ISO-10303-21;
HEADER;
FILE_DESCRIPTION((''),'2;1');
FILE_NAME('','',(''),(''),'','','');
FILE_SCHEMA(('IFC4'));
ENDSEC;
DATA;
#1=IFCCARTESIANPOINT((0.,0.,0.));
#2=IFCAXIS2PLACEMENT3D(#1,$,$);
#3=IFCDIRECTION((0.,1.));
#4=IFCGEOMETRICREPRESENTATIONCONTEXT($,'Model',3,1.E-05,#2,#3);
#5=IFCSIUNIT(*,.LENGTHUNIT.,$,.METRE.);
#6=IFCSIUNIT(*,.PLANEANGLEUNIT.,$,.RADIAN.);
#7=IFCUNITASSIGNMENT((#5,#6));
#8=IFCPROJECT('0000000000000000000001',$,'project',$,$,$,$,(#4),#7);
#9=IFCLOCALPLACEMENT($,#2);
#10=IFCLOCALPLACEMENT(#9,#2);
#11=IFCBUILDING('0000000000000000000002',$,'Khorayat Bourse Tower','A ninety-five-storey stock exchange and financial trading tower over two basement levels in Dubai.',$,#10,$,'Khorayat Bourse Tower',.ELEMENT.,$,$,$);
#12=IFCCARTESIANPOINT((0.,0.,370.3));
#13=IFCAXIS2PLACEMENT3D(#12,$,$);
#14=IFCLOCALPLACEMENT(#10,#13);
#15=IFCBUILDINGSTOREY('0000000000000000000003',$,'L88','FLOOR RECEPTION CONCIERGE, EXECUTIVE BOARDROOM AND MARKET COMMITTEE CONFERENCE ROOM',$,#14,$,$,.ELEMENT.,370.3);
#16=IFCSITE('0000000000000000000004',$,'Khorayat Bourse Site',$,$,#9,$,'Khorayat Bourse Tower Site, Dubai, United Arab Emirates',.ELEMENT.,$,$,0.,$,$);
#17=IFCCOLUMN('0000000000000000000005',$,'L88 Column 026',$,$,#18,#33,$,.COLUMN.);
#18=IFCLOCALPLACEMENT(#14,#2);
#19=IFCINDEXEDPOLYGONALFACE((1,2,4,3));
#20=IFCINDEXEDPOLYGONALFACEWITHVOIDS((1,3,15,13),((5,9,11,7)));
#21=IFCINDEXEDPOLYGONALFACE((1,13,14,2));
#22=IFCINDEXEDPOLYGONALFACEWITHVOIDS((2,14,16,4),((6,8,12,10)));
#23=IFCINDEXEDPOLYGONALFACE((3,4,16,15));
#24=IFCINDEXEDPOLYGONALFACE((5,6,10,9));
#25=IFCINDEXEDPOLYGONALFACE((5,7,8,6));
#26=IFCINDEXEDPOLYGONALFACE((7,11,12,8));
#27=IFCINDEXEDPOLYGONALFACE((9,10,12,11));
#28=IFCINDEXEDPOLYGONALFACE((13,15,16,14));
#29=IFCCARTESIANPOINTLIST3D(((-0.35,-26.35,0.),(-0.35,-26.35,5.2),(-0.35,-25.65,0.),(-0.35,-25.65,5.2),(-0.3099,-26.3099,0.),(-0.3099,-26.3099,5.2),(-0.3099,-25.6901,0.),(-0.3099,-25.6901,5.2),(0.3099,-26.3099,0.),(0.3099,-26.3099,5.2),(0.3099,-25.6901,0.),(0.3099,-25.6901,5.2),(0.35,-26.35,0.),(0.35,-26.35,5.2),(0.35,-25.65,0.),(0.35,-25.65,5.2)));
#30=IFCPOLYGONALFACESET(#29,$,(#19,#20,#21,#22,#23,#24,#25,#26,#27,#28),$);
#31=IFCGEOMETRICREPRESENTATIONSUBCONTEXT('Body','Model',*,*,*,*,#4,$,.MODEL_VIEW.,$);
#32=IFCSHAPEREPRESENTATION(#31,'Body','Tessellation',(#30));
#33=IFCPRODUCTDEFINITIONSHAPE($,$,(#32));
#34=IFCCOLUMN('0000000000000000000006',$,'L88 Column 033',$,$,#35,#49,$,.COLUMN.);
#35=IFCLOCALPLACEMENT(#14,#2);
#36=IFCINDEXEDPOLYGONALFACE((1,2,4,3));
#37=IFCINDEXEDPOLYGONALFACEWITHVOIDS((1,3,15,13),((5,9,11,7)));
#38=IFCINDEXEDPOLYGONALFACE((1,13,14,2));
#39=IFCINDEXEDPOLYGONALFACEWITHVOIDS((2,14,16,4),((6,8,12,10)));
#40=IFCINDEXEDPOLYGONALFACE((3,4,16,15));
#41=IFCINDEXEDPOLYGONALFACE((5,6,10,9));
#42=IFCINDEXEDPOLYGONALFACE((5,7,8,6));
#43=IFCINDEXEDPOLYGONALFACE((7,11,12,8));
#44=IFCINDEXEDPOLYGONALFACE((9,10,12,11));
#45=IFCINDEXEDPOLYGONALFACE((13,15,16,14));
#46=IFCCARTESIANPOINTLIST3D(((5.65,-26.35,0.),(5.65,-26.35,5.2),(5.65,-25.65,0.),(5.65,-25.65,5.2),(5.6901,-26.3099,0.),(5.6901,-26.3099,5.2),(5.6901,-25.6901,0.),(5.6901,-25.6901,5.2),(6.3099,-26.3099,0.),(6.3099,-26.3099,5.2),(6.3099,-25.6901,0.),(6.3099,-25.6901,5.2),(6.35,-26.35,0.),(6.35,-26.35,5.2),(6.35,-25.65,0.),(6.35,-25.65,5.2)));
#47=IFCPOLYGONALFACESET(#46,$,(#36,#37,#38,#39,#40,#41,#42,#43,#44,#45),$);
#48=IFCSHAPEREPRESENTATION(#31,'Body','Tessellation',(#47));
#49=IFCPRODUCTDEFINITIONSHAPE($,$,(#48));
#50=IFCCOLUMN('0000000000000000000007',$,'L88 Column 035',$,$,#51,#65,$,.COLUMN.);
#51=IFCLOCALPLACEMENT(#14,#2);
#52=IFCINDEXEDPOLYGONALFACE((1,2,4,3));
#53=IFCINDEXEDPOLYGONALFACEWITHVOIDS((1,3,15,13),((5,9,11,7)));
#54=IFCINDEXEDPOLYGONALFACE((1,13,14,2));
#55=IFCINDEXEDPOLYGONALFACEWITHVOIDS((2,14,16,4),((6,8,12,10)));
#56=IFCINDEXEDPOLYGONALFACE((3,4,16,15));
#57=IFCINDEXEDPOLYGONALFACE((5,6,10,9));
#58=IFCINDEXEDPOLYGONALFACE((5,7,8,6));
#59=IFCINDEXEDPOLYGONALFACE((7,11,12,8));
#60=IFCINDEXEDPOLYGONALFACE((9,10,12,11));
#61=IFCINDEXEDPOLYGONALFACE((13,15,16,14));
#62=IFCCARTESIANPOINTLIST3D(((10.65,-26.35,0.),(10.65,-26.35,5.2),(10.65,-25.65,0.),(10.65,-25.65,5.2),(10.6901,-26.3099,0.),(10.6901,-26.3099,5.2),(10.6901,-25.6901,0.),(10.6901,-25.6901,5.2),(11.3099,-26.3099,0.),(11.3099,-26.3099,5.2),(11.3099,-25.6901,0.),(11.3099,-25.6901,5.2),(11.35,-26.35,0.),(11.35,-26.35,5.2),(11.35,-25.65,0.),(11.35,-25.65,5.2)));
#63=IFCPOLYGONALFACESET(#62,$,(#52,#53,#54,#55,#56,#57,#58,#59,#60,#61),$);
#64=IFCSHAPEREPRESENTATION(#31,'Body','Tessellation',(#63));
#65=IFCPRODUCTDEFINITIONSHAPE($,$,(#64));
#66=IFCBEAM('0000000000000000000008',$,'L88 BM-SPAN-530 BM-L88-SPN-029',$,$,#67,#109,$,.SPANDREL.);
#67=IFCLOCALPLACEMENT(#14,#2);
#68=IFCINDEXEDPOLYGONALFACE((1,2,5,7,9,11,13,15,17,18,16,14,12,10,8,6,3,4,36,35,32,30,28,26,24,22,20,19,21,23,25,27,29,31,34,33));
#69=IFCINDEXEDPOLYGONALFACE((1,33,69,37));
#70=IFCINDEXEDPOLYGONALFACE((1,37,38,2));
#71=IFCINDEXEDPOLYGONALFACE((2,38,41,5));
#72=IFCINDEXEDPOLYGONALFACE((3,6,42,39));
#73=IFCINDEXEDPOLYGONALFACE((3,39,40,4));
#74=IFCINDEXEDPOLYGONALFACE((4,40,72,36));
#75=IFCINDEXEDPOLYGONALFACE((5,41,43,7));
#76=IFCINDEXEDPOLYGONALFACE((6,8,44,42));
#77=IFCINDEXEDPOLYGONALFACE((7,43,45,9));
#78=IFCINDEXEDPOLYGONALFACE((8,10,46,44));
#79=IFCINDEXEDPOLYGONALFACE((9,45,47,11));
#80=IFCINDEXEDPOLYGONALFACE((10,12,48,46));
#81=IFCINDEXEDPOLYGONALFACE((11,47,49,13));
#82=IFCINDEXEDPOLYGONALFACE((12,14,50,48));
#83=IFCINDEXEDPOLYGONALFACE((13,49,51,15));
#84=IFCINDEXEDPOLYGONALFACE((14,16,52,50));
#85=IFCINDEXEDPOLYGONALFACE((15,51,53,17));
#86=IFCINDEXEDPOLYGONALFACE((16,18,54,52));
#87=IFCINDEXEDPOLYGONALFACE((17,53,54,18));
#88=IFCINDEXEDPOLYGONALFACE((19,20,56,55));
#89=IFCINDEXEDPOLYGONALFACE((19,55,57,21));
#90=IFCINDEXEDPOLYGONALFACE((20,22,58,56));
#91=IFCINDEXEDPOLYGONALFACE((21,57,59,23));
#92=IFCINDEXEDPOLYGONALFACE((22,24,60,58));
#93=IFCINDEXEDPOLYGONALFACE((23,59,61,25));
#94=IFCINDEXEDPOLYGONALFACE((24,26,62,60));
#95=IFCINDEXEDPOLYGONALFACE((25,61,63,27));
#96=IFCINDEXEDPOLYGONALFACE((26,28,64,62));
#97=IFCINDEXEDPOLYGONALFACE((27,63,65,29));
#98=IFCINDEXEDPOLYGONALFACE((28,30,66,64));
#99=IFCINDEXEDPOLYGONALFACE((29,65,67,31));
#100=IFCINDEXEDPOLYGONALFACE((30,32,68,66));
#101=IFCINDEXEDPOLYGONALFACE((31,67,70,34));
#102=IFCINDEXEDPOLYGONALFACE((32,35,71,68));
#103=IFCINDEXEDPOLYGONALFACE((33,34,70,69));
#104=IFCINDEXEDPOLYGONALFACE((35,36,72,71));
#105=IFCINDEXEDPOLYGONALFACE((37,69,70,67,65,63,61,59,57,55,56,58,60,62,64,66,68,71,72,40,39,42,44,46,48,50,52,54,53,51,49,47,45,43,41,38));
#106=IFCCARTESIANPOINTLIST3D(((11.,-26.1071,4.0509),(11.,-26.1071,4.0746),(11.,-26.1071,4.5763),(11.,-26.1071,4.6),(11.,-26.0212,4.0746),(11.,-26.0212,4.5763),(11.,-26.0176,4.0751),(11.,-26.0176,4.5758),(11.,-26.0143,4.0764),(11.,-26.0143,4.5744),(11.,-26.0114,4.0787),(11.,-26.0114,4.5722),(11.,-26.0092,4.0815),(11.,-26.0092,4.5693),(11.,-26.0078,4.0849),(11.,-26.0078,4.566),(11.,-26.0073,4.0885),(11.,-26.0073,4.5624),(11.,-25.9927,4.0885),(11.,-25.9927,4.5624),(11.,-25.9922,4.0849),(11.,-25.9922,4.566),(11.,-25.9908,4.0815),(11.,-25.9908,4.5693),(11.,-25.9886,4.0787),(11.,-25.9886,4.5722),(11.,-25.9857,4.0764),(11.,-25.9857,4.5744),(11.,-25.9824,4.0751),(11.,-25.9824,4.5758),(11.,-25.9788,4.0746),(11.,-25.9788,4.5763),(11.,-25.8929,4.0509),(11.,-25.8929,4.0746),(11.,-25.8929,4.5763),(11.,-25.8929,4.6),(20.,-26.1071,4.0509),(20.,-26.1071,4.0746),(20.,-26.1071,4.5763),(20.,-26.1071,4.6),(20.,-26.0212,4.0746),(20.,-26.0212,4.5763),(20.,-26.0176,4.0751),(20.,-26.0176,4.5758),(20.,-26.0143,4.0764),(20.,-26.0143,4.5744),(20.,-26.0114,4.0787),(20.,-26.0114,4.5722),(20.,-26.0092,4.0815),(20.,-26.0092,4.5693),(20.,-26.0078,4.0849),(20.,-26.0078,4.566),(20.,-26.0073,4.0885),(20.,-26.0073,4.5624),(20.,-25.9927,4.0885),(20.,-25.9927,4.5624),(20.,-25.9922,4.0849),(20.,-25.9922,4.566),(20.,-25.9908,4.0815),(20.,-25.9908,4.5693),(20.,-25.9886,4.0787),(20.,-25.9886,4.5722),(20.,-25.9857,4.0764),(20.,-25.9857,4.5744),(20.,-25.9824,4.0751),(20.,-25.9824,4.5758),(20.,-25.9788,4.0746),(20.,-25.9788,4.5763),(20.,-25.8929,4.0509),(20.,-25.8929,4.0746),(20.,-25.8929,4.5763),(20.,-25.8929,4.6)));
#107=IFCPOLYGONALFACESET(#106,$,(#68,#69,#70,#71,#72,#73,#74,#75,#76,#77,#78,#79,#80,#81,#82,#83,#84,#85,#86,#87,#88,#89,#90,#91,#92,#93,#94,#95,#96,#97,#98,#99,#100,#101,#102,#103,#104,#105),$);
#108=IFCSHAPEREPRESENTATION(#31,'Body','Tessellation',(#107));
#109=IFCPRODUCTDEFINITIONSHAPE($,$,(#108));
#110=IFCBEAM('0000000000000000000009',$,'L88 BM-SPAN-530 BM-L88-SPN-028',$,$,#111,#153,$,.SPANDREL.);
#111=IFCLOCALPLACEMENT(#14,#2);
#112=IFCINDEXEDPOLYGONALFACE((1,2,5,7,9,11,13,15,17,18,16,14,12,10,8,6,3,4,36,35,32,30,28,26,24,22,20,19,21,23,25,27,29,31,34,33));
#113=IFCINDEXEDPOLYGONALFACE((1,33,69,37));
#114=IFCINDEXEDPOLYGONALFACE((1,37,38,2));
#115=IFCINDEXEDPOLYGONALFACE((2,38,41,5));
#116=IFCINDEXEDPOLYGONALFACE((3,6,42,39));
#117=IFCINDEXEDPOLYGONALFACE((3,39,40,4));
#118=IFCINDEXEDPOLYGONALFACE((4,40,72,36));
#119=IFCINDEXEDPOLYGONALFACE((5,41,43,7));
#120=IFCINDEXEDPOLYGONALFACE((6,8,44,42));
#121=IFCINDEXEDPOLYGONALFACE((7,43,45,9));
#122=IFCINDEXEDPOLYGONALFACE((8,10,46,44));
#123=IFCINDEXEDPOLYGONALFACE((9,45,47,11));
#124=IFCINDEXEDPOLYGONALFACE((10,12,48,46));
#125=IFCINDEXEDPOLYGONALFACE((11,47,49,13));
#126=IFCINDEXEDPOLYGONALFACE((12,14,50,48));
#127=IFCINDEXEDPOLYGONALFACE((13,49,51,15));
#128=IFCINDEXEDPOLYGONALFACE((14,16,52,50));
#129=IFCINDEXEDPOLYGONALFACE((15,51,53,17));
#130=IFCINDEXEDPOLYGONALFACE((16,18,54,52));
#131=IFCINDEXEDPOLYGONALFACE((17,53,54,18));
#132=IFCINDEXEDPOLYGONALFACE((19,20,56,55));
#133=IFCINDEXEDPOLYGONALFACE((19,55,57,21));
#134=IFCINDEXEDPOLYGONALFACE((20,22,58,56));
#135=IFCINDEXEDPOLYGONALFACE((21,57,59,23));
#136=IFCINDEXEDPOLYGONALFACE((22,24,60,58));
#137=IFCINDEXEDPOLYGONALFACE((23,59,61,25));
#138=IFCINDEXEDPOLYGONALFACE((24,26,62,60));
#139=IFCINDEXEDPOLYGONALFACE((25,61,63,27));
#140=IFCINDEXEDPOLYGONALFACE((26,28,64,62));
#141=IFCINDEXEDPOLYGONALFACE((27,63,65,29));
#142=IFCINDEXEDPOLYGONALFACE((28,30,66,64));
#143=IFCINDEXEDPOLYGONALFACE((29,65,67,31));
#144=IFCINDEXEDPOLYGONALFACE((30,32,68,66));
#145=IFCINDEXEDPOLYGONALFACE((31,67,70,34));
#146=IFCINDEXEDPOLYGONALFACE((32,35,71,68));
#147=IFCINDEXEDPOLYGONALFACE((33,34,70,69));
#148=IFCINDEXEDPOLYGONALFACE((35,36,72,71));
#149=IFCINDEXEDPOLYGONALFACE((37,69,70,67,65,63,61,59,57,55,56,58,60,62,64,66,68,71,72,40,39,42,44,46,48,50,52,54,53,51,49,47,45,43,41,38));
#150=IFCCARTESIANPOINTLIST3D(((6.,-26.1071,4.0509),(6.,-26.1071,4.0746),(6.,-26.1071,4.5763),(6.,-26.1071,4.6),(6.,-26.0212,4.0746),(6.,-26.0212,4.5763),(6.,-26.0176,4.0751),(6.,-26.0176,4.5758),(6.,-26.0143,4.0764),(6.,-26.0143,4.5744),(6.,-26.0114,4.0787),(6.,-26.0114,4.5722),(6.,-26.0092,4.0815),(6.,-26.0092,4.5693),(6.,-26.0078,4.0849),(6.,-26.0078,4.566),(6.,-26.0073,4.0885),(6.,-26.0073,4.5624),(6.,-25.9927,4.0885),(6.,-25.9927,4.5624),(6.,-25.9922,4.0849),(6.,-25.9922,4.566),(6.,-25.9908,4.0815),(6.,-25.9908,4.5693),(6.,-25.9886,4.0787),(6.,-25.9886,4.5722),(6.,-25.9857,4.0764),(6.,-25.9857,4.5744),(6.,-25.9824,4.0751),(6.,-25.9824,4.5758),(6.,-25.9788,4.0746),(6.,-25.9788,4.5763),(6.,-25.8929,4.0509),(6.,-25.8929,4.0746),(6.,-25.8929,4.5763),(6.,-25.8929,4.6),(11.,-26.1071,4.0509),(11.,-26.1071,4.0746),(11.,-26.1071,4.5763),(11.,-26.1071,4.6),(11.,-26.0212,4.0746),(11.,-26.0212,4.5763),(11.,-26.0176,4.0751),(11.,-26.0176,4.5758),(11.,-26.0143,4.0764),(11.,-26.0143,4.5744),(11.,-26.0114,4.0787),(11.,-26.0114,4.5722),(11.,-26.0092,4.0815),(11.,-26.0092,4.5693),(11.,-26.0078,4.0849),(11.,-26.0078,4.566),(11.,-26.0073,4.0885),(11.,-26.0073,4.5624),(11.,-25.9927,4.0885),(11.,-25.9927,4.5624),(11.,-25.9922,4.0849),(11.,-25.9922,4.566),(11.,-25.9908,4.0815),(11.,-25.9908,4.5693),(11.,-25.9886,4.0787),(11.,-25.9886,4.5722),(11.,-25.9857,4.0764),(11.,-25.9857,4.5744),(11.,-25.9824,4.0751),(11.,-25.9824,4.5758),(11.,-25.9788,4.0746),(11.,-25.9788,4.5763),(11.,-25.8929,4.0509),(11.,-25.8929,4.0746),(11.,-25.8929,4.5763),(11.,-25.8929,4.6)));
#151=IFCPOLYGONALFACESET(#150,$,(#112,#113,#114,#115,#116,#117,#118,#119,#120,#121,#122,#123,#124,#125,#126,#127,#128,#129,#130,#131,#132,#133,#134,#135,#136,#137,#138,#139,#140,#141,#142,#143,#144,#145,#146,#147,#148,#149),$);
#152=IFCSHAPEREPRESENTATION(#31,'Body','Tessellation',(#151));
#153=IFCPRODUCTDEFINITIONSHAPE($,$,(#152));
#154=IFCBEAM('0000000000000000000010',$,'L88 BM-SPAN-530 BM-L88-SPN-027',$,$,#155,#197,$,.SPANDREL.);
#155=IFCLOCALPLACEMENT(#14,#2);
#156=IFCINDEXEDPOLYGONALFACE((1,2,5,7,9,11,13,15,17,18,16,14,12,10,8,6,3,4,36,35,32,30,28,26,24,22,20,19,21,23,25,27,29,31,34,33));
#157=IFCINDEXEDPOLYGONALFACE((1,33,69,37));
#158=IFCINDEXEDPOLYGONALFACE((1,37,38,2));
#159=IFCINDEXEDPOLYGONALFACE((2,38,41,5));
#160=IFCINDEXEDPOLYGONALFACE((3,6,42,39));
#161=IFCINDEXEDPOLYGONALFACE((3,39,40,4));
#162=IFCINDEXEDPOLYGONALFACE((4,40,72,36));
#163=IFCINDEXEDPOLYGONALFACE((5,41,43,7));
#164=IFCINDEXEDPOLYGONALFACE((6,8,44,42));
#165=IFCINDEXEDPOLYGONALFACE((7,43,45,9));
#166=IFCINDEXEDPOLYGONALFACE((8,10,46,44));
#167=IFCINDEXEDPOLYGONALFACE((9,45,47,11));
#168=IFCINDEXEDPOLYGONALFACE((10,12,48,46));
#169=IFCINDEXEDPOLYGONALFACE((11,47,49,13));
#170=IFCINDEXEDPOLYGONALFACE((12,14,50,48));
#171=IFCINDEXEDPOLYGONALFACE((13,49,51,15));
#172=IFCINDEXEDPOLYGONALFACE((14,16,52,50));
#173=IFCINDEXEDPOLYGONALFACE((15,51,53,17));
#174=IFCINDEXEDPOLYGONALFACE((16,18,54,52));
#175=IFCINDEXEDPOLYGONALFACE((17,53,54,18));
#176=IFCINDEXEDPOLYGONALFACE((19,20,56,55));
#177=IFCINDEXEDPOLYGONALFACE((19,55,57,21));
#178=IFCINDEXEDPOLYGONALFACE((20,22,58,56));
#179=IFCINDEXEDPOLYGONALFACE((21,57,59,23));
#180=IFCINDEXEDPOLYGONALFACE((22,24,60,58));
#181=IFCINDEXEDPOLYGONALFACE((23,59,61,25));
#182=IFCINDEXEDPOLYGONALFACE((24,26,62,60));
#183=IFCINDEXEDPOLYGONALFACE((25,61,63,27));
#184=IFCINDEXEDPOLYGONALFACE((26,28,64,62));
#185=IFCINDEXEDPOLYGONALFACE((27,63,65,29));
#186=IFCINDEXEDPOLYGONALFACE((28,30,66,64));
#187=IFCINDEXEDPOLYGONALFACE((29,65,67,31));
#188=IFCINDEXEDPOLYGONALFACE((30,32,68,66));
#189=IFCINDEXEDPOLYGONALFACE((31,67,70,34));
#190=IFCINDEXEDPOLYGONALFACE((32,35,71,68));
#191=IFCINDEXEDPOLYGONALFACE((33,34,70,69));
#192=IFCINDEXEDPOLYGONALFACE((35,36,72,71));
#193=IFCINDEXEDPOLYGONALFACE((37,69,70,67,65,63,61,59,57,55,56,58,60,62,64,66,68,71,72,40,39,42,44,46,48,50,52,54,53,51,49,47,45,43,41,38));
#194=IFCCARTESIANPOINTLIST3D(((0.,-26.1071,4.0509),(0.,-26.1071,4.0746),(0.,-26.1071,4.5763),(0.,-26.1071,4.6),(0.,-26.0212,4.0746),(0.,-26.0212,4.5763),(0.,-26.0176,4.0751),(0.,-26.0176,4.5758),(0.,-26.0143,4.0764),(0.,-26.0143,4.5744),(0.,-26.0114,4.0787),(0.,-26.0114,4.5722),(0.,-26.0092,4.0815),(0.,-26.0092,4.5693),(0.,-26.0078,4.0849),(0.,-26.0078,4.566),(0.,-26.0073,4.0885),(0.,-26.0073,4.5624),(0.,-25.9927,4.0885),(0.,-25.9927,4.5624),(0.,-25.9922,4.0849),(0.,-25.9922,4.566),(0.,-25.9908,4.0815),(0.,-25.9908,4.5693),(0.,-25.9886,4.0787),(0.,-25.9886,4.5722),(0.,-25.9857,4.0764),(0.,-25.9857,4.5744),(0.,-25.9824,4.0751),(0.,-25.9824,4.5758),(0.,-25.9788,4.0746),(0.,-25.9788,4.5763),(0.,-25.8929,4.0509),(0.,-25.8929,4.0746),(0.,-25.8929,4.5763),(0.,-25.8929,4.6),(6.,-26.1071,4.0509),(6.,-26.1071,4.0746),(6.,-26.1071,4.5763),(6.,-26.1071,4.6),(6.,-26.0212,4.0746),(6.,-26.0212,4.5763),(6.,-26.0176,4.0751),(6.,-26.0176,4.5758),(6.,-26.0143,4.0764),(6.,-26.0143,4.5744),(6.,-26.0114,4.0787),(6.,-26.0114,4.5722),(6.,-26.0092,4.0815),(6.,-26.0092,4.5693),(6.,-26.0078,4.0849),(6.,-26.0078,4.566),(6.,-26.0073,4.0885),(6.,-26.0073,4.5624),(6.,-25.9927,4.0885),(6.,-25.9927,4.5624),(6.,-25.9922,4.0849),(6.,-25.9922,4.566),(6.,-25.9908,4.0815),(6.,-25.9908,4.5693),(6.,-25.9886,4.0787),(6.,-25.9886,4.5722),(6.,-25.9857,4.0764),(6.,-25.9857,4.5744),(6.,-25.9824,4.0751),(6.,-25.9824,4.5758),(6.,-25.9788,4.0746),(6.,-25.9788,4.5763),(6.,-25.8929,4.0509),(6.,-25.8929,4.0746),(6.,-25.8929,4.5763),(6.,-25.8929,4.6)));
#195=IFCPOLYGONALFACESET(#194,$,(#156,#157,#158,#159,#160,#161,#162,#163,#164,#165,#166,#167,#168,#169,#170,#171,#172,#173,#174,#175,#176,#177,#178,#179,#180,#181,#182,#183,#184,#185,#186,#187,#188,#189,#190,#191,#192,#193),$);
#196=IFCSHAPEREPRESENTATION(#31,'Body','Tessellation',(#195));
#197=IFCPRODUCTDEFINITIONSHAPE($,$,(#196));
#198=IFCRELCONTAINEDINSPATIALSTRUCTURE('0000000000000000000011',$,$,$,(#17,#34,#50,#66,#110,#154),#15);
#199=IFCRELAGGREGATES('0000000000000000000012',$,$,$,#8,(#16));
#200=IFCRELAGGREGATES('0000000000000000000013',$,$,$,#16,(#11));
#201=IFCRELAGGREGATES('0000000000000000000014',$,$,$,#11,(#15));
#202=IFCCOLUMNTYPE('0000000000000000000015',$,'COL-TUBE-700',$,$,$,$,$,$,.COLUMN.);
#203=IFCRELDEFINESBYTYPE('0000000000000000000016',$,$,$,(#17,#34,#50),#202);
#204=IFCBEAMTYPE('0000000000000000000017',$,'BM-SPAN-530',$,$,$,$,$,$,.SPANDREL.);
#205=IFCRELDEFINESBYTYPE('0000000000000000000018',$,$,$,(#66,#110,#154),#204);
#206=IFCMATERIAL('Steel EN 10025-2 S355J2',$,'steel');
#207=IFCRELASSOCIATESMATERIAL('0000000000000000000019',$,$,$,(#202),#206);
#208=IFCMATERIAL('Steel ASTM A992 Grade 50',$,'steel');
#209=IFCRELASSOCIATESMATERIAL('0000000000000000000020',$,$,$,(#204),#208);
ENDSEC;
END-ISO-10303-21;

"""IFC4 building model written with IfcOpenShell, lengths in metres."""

from ifc_helpers import new_model, si_unit, direction, frame, origin, origin_2d, place, context, subcontext, project, spatial, hollow_rectangle, i_section, extrude, source, transform, mapped, material, material_profile, profile_set, type_object, element, save


model = new_model("IFC4")

# Units and contexts
model_context = context("Model", 3, precision=1e-05, world=origin(), true_north=direction((0.0, 1.0)))
body_context = subcontext(model_context, "Body", "Model", "MODEL_VIEW")
ifc_project = project(units=[si_unit("LENGTHUNIT", "METRE"), si_unit("PLANEANGLEUNIT", "RADIAN")], contexts=[model_context])

# Site, building, storey
site_placement = place(None, origin())
site = spatial("IfcSite", under=ifc_project, at=site_placement, Name="Khorayat Bourse Site", LongName="Khorayat Bourse Tower Site, Dubai, United Arab Emirates", CompositionType="ELEMENT", RefElevation=0.0)
building_placement = place(site_placement, origin())
building = spatial("IfcBuilding", under=site, at=building_placement, Name="Khorayat Bourse Tower", Description="A ninety-five-storey stock exchange and financial trading tower over two basement levels in Dubai.", LongName="Khorayat Bourse Tower", CompositionType="ELEMENT")
storey_placement = place(building_placement, frame((0.0, 0.0, 370.3)))
storey = spatial("IfcBuildingStorey", under=building, at=storey_placement, Name="L88", Description="FLOOR RECEPTION CONCIERGE, EXECUTIVE BOARDROOM AND MARKET COMMITTEE CONFERENCE ROOM", CompositionType="ELEMENT", Elevation=370.3)

# Columns
ifc_material_1 = material(Name="Steel EN 10025-2 S355J2", Category="steel")
ifc_material_profile_1 = material_profile(ifc_material_1, hollow_rectangle(XDim=0.7, YDim=0.7, WallThickness=0.04, at=origin_2d()), Name="BOX 700x700x40")
ifc_profile_set_1 = profile_set([ifc_material_profile_1], Name="Steel EN 10025-2 S355J2")
column_type = type_object("IfcColumnType", Name="COL-TUBE-700", PredefinedType="COLUMN", material=ifc_profile_set_1)
shared_shape_1 = source(origin(), body_context, "Body", "SweptSolid", [
    extrude(hollow_rectangle(XDim=0.7, YDim=0.7, WallThickness=0.04, at=origin_2d()), origin(), (0.0, 0.0, 1.0), 5.2),
])
for number, where, z_axis, x_axis, name in (
    (1, (0.0, -26.0, 0.0), (0.0, 0.0, 1.0), (1.0, 0.0, 0.0), "L88 Column 026"),
    (2, (6.0, -26.0, 0.0), (0.0, 0.0, 1.0), (1.0, 0.0, 0.0), "L88 Column 033"),
    (3, (11.0, -26.0, 0.0), (0.0, 0.0, 1.0), (1.0, 0.0, 0.0), "L88 Column 035"),
):
    element("IfcColumn", number, at=place(storey_placement, frame(where, z_axis=z_axis, x_axis=x_axis)), inside=storey, type_object=column_type, Name=name, PredefinedType="COLUMN", context=body_context, shape_type="MappedRepresentation", body=[
        mapped(shared_shape_1, transform((0.0, 0.0, 0.0), scale=1.0)),
    ])

# Beams
ifc_material_2 = material(Name="Steel ASTM A992 Grade 50", Category="steel")
ifc_material_profile_2 = material_profile(ifc_material_2, i_section(OverallWidth=0.2141, OverallDepth=0.5491, WebThickness=0.0146, FlangeThickness=0.0237, FilletRadius=0.0139, at=origin_2d()), Name="W530X138")
ifc_profile_set_2 = profile_set([ifc_material_profile_2], Name="Steel ASTM A992 Grade 50")
beam_type_1 = type_object("IfcBeamType", Name="BM-SPAN-530", PredefinedType="SPANDREL", material=ifc_profile_set_2)
shared_shape_2 = source(origin(), body_context, "Body", "SweptSolid", [
    extrude(i_section(OverallWidth=0.2141, OverallDepth=0.5491, WebThickness=0.0146, FlangeThickness=0.0237, FilletRadius=0.0139, at=origin_2d()), origin(), (0.0, 0.0, 1.0), 9.0),
])
beam_1_placement = place(storey_placement, frame((11.0, -26.0, 4.3254), z_axis=(1.0, 0.0, 0.0), x_axis=(0.0, 1.0, 0.0)))
element("IfcBeam", 4, at=beam_1_placement, inside=storey, type_object=beam_type_1, Name="L88 BM-SPAN-530 BM-L88-SPN-029", PredefinedType="SPANDREL", context=body_context, shape_type="MappedRepresentation", body=[
    mapped(shared_shape_2, transform((0.0, 0.0, 0.0), scale=1.0)),
])
shared_shape_3 = source(origin(), body_context, "Body", "SweptSolid", [
    extrude(i_section(OverallWidth=0.2141, OverallDepth=0.5491, WebThickness=0.0146, FlangeThickness=0.0237, FilletRadius=0.0139, at=origin_2d()), origin(), (0.0, 0.0, 1.0), 5.0),
])
beam_2_placement = place(storey_placement, frame((6.0, -26.0, 4.3254), z_axis=(1.0, 0.0, 0.0), x_axis=(0.0, 1.0, 0.0)))
element("IfcBeam", 5, at=beam_2_placement, inside=storey, type_object=beam_type_1, Name="L88 BM-SPAN-530 BM-L88-SPN-028", PredefinedType="SPANDREL", context=body_context, shape_type="MappedRepresentation", body=[
    mapped(shared_shape_3, transform((0.0, 0.0, 0.0), scale=1.0)),
])
shared_shape_4 = source(origin(), body_context, "Body", "SweptSolid", [
    extrude(i_section(OverallWidth=0.2141, OverallDepth=0.5491, WebThickness=0.0146, FlangeThickness=0.0237, FilletRadius=0.0139, at=origin_2d()), origin(), (0.0, 0.0, 1.0), 6.0),
])
beam_3_placement = place(storey_placement, frame((0.0, -26.0, 4.3254), z_axis=(1.0, 0.0, 0.0), x_axis=(0.0, 1.0, 0.0)))
element("IfcBeam", 6, at=beam_3_placement, inside=storey, type_object=beam_type_1, Name="L88 BM-SPAN-530 BM-L88-SPN-027", PredefinedType="SPANDREL", context=body_context, shape_type="MappedRepresentation", body=[
    mapped(shared_shape_4, transform((0.0, 0.0, 0.0), scale=1.0)),
])

save(model, "model.ifc")
